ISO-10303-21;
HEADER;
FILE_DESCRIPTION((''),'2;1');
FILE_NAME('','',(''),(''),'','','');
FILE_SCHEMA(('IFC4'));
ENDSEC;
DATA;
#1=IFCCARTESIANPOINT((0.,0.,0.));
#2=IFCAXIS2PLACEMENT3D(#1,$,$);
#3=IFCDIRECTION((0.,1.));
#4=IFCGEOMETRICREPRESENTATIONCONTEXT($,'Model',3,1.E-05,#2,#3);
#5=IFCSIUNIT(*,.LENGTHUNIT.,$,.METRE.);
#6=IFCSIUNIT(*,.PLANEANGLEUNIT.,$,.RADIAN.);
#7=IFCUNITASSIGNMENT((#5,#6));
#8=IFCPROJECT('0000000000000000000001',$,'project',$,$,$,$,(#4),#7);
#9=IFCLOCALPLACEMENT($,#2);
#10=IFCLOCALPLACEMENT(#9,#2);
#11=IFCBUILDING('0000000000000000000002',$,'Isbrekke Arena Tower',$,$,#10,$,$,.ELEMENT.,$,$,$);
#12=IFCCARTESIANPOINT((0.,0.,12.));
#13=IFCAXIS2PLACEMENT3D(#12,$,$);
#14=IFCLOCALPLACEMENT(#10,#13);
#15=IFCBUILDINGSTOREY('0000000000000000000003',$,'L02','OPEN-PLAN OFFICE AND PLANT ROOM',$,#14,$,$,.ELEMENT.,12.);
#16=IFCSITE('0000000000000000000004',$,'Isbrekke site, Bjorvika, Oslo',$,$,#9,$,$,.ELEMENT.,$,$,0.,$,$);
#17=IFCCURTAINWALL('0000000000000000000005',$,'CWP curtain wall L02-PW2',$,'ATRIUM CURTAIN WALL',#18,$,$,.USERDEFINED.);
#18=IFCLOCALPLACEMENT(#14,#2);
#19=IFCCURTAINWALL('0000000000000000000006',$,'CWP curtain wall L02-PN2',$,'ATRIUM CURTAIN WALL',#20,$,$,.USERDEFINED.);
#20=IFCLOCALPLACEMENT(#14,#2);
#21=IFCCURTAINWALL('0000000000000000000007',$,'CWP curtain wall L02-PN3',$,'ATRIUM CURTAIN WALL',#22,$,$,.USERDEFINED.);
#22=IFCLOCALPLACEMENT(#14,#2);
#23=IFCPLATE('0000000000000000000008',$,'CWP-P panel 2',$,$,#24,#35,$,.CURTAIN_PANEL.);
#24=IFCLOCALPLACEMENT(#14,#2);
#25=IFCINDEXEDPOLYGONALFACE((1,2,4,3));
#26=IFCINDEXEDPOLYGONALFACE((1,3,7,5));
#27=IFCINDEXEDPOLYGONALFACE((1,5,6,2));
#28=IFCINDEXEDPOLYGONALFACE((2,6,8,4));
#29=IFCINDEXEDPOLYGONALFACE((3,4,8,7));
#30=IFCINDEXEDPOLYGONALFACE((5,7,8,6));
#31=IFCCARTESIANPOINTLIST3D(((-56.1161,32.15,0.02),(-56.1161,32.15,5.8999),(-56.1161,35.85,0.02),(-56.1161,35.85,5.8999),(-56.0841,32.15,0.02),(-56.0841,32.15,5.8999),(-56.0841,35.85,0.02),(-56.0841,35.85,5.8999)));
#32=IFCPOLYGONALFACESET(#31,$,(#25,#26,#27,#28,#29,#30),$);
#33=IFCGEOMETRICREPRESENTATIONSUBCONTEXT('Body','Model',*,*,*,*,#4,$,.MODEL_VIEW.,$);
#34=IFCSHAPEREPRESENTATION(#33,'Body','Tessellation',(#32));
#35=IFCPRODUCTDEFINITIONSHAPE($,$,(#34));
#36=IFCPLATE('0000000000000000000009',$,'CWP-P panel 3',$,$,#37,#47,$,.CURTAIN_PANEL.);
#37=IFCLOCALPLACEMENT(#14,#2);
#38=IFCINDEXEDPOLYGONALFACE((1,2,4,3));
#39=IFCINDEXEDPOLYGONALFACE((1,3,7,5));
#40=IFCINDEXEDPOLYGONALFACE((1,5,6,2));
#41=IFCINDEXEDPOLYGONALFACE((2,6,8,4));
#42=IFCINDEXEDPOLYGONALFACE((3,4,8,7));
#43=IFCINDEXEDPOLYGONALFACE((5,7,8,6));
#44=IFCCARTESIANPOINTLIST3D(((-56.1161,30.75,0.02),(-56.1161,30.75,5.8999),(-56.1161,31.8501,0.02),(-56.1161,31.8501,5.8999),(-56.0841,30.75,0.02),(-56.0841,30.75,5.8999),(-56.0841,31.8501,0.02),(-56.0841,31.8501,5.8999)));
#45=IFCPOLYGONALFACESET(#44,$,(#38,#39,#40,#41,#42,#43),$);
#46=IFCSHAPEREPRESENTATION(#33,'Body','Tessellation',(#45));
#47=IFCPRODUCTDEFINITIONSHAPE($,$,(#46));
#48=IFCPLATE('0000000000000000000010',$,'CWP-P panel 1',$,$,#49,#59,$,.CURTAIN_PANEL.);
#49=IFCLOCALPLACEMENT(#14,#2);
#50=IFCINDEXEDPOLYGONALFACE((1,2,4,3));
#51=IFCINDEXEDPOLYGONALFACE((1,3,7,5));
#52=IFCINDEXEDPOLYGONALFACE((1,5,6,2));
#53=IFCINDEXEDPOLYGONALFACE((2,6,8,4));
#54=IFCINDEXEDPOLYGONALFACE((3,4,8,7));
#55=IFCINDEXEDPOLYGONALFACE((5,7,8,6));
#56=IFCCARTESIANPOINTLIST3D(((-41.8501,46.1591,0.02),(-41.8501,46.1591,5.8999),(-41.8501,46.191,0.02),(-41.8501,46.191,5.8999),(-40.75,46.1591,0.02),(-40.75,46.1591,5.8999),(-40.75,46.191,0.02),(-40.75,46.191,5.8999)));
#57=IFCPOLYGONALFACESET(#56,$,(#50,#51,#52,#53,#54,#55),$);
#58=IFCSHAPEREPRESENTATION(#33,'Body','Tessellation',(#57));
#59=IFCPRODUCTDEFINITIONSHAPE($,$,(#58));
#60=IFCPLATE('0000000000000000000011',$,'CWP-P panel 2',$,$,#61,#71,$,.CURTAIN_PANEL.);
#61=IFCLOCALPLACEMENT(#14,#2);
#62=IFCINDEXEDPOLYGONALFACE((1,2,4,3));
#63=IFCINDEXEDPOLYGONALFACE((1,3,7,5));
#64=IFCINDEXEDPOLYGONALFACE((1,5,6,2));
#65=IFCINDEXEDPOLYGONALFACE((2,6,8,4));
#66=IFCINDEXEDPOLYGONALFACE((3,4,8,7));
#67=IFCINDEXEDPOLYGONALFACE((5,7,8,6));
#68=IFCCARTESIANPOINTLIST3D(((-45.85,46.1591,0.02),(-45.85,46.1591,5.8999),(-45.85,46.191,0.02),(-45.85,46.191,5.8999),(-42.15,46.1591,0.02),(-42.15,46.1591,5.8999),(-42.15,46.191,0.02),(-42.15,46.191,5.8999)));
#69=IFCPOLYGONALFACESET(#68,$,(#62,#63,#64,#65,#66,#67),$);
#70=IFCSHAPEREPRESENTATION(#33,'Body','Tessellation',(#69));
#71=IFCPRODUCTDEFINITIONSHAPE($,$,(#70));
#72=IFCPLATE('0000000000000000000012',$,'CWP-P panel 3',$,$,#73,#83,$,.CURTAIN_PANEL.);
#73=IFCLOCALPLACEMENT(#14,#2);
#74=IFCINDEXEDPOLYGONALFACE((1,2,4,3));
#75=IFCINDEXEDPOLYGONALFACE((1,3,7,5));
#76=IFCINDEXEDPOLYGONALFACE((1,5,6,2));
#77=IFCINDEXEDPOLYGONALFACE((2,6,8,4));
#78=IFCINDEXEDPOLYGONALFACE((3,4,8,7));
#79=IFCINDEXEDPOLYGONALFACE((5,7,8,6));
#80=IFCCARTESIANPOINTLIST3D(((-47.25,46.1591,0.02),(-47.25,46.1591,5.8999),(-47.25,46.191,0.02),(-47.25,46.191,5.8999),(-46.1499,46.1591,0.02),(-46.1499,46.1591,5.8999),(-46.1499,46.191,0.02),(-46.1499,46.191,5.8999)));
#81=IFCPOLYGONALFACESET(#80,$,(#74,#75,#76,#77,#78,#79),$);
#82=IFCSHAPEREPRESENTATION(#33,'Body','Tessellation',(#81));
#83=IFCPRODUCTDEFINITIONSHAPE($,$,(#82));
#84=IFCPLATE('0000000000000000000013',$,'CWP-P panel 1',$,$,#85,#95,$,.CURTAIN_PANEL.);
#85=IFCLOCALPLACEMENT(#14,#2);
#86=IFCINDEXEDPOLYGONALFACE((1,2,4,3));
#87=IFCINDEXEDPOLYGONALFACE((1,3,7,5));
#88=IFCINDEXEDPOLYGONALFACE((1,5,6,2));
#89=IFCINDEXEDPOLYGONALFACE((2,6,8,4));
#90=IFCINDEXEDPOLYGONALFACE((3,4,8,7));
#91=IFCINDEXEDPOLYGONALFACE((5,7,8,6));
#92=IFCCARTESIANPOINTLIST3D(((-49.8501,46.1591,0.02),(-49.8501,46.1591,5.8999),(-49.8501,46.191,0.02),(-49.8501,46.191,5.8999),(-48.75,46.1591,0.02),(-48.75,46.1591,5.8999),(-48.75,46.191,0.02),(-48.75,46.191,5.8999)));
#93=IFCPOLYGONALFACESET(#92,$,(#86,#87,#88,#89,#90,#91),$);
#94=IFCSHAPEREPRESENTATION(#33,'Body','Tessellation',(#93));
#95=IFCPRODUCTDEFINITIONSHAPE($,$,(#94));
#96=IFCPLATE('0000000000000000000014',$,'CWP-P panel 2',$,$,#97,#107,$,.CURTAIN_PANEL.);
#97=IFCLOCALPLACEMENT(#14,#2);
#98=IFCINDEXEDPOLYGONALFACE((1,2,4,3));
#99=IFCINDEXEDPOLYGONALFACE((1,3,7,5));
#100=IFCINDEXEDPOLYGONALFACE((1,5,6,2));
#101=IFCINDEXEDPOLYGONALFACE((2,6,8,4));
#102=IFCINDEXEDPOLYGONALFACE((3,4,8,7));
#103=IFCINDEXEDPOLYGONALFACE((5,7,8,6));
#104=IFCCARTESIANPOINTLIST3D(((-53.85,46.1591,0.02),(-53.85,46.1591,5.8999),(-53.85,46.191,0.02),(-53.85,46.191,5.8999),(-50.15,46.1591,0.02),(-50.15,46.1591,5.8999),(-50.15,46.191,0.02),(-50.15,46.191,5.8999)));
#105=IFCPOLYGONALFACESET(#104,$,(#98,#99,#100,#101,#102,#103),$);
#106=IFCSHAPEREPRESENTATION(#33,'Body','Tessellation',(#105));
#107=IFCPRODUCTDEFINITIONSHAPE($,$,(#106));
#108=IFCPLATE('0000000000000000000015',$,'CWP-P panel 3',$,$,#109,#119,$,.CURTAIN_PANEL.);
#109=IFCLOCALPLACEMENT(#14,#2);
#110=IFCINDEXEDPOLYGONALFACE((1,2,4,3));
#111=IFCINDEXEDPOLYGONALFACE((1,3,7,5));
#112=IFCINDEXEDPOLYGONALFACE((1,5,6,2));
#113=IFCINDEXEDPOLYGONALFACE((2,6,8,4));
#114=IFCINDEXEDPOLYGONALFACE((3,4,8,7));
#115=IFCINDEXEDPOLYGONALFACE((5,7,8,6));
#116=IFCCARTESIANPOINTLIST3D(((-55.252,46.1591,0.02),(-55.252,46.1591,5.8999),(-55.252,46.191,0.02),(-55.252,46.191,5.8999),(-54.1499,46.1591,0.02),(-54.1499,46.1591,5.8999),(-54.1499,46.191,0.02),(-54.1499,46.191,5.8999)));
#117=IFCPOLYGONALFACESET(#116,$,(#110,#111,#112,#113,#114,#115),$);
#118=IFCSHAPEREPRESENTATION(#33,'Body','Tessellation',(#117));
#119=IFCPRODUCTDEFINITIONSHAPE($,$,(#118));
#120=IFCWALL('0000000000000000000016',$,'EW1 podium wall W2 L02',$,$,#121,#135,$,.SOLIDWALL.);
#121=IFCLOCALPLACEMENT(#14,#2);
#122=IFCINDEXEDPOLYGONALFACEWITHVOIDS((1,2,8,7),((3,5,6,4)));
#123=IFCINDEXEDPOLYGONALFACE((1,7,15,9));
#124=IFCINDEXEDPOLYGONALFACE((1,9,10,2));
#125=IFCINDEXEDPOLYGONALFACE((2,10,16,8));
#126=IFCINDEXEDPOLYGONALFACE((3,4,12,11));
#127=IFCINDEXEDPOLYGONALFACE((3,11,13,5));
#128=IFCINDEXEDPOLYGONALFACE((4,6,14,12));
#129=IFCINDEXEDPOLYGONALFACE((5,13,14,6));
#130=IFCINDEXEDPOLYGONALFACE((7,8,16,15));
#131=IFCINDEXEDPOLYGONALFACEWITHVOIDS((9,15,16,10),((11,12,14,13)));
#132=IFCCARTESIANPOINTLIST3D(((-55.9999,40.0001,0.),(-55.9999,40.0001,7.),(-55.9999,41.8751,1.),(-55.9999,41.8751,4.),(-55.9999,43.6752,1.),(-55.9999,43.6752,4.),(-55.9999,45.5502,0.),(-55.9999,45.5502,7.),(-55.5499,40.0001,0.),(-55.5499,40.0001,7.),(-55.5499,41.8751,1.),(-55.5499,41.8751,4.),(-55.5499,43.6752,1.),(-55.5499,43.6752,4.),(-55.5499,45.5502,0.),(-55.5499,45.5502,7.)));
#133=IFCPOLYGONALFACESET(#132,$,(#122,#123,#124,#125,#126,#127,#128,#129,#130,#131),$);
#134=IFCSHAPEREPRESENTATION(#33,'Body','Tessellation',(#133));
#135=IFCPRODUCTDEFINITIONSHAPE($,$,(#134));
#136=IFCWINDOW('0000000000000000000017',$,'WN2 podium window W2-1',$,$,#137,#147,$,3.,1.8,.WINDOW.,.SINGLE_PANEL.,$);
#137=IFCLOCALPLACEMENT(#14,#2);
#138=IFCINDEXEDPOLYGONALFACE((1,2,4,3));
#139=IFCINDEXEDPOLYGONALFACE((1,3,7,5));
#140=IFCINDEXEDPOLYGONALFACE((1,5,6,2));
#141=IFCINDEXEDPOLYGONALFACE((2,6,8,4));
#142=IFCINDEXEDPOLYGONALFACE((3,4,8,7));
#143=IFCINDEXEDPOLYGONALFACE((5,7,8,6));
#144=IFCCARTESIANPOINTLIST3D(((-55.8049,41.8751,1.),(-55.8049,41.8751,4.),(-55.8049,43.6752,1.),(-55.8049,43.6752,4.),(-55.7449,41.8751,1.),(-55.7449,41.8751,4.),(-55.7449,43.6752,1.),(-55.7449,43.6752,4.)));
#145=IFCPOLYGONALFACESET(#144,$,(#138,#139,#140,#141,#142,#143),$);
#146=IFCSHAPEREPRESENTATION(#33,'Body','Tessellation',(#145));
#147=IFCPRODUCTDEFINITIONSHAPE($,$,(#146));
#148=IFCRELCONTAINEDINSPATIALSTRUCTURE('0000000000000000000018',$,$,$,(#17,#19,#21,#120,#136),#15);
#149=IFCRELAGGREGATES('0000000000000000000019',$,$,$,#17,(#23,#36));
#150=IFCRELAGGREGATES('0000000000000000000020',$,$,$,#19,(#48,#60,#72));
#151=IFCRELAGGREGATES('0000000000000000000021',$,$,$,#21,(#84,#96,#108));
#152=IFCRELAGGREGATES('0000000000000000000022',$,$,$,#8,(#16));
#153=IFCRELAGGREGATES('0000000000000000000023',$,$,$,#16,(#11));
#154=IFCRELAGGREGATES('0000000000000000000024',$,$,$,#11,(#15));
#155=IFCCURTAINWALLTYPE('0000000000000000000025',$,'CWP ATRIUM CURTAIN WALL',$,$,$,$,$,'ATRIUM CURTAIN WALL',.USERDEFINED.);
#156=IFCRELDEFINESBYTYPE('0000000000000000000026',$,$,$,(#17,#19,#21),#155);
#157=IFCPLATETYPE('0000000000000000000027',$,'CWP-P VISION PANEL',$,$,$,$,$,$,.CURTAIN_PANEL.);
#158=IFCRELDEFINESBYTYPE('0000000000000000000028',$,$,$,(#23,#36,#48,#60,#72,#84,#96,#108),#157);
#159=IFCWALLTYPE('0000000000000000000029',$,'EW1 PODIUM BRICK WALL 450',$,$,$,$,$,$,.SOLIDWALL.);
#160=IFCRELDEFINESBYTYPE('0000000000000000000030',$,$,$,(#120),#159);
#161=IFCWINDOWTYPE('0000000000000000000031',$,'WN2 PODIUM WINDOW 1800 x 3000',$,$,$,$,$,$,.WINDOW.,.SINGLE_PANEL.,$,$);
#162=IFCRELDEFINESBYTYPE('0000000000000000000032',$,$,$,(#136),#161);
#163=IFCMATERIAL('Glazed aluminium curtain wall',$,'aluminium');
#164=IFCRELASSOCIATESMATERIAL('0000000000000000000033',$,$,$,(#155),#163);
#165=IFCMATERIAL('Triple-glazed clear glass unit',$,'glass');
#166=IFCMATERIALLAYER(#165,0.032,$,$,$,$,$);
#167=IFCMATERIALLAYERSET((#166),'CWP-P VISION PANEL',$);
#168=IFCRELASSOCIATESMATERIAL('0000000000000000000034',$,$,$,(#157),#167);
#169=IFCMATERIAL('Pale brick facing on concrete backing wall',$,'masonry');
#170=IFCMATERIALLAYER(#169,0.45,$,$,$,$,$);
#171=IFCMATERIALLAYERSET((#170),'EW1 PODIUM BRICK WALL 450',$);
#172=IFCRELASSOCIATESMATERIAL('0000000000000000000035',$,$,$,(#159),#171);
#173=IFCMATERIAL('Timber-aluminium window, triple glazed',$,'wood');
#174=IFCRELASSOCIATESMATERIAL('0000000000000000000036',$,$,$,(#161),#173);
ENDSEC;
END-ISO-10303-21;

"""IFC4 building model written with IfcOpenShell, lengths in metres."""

from ifc_helpers import new_model, si_unit, direction, frame, frame_2d, origin, origin_2d, place, context, subcontext, project, spatial, rectangle, extrude, material, layer, layer_set, type_object, element, fill, aggregate, save


model = new_model("IFC4")

# Units and contexts
model_context = context("Model", 3, precision=1e-05, world=origin(), true_north=direction((0.0, 1.0)))
body_context = subcontext(model_context, "Body", "Model", "MODEL_VIEW")
ifc_project = project(units=[si_unit("LENGTHUNIT", "METRE"), si_unit("PLANEANGLEUNIT", "RADIAN")], contexts=[model_context])

# Site, building, storey
site_placement = place(None, origin())
site = spatial("IfcSite", under=ifc_project, at=site_placement, Name="Isbrekke site, Bjorvika, Oslo", CompositionType="ELEMENT", RefElevation=0.0)
building_placement = place(site_placement, origin())
building = spatial("IfcBuilding", under=site, at=building_placement, Name="Isbrekke Arena Tower", CompositionType="ELEMENT")
storey_placement = place(building_placement, frame((0.0, 0.0, 12.0)))
storey = spatial("IfcBuildingStorey", under=building, at=storey_placement, Name="L02", Description="OPEN-PLAN OFFICE AND PLANT ROOM", CompositionType="ELEMENT", Elevation=12.0)

# Curtain walls
ifc_material_1 = material(Name="Glazed aluminium curtain wall", Category="aluminium")
curtain_wall_type = type_object("IfcCurtainWallType", Name="CWP ATRIUM CURTAIN WALL", ElementType="ATRIUM CURTAIN WALL", PredefinedType="USERDEFINED", material=ifc_material_1)
curtain_wall_1_placement = place(storey_placement, origin())
curtain_wall_1 = element("IfcCurtainWall", 1, at=curtain_wall_1_placement, inside=storey, type_object=curtain_wall_type, Name="CWP curtain wall L02-PW2", ObjectType="ATRIUM CURTAIN WALL", PredefinedType="USERDEFINED")
curtain_wall_2_placement = place(storey_placement, origin())
curtain_wall_2 = element("IfcCurtainWall", 2, at=curtain_wall_2_placement, inside=storey, type_object=curtain_wall_type, Name="CWP curtain wall L02-PN2", ObjectType="ATRIUM CURTAIN WALL", PredefinedType="USERDEFINED")
curtain_wall_3_placement = place(storey_placement, origin())
curtain_wall_3 = element("IfcCurtainWall", 3, at=curtain_wall_3_placement, inside=storey, type_object=curtain_wall_type, Name="CWP curtain wall L02-PN3", ObjectType="ATRIUM CURTAIN WALL", PredefinedType="USERDEFINED")

# Plates
ifc_material_2 = material(Name="Triple-glazed clear glass unit", Category="glass")
ifc_layer_1 = layer(ifc_material_2, 0.032)
ifc_layer_set_1 = layer_set([ifc_layer_1], Name="CWP-P VISION PANEL")
plate_type = type_object("IfcPlateType", Name="CWP-P VISION PANEL", PredefinedType="CURTAIN_PANEL", material=ifc_layer_set_1)
plate_1_placement = place(storey_placement, frame((-56.1001, 34.0, 0.02), z_axis=(0.0, 0.0, 1.0), x_axis=(0.0, -1.0, 0.0)))
plate_1 = element("IfcPlate", 4, at=plate_1_placement, type_object=plate_type, Name="CWP-P panel 2", PredefinedType="CURTAIN_PANEL", context=body_context, shape_type="SweptSolid", body=[
    extrude(rectangle(XDim=3.7, YDim=0.032, at=origin_2d()), origin(), (0.0, 0.0, 1.0), 5.8799),
])
plate_2_placement = place(storey_placement, frame((-56.1001, 31.3, 0.02), z_axis=(0.0, 0.0, 1.0), x_axis=(0.0, -1.0, 0.0)))
plate_2 = element("IfcPlate", 5, at=plate_2_placement, type_object=plate_type, Name="CWP-P panel 3", PredefinedType="CURTAIN_PANEL", context=body_context, shape_type="SweptSolid", body=[
    extrude(rectangle(XDim=1.1001, YDim=0.032, at=origin_2d()), origin(), (0.0, 0.0, 1.0), 5.8799),
])
aggregate(curtain_wall_1, [plate_1, plate_2])
plate_3_placement = place(storey_placement, frame((-41.3, 46.175, 0.02), z_axis=(0.0, 0.0, 1.0), x_axis=(-1.0, 0.0, 0.0)))
plate_3 = element("IfcPlate", 6, at=plate_3_placement, type_object=plate_type, Name="CWP-P panel 1", PredefinedType="CURTAIN_PANEL", context=body_context, shape_type="SweptSolid", body=[
    extrude(rectangle(XDim=1.1001, YDim=0.032, at=origin_2d()), origin(), (0.0, 0.0, 1.0), 5.8799),
])
plate_4_placement = place(storey_placement, frame((-44.0, 46.175, 0.02), z_axis=(0.0, 0.0, 1.0), x_axis=(-1.0, 0.0, 0.0)))
plate_4 = element("IfcPlate", 7, at=plate_4_placement, type_object=plate_type, Name="CWP-P panel 2", PredefinedType="CURTAIN_PANEL", context=body_context, shape_type="SweptSolid", body=[
    extrude(rectangle(XDim=3.7, YDim=0.032, at=origin_2d()), origin(), (0.0, 0.0, 1.0), 5.8799),
])
plate_5_placement = place(storey_placement, frame((-46.7, 46.175, 0.02), z_axis=(0.0, 0.0, 1.0), x_axis=(-1.0, 0.0, 0.0)))
plate_5 = element("IfcPlate", 8, at=plate_5_placement, type_object=plate_type, Name="CWP-P panel 3", PredefinedType="CURTAIN_PANEL", context=body_context, shape_type="SweptSolid", body=[
    extrude(rectangle(XDim=1.1001, YDim=0.032, at=origin_2d()), origin(), (0.0, 0.0, 1.0), 5.8799),
])
aggregate(curtain_wall_2, [plate_3, plate_4, plate_5])
plate_6_placement = place(storey_placement, frame((-49.3, 46.175, 0.02), z_axis=(0.0, 0.0, 1.0), x_axis=(-1.0, 0.0, 0.0)))
plate_6 = element("IfcPlate", 9, at=plate_6_placement, type_object=plate_type, Name="CWP-P panel 1", PredefinedType="CURTAIN_PANEL", context=body_context, shape_type="SweptSolid", body=[
    extrude(rectangle(XDim=1.1001, YDim=0.032, at=origin_2d()), origin(), (0.0, 0.0, 1.0), 5.8799),
])
plate_7_placement = place(storey_placement, frame((-52.0, 46.175, 0.02), z_axis=(0.0, 0.0, 1.0), x_axis=(-1.0, 0.0, 0.0)))
plate_7 = element("IfcPlate", 10, at=plate_7_placement, type_object=plate_type, Name="CWP-P panel 2", PredefinedType="CURTAIN_PANEL", context=body_context, shape_type="SweptSolid", body=[
    extrude(rectangle(XDim=3.7, YDim=0.032, at=origin_2d()), origin(), (0.0, 0.0, 1.0), 5.8799),
])
plate_8_placement = place(storey_placement, frame((-54.7009, 46.175, 0.02), z_axis=(0.0, 0.0, 1.0), x_axis=(-1.0, 0.0, 0.0)))
plate_8 = element("IfcPlate", 11, at=plate_8_placement, type_object=plate_type, Name="CWP-P panel 3", PredefinedType="CURTAIN_PANEL", context=body_context, shape_type="SweptSolid", body=[
    extrude(rectangle(XDim=1.1021, YDim=0.032, at=origin_2d()), origin(), (0.0, 0.0, 1.0), 5.8799),
])
aggregate(curtain_wall_3, [plate_6, plate_7, plate_8])

# Wall, opening, window
ifc_material_3 = material(Name="Pale brick facing on concrete backing wall", Category="masonry")
ifc_layer_2 = layer(ifc_material_3, 0.45)
ifc_layer_set_2 = layer_set([ifc_layer_2], Name="EW1 PODIUM BRICK WALL 450")
wall_type = type_object("IfcWallType", Name="EW1 PODIUM BRICK WALL 450", PredefinedType="SOLIDWALL", material=ifc_layer_set_2)
wall_placement = place(storey_placement, frame((-55.7749, 45.55, 0.0), z_axis=(0.0, 0.0, 1.0), x_axis=(0.0, -1.0, 0.0)))
wall = element("IfcWall", 12, at=wall_placement, inside=storey, type_object=wall_type, Name="EW1 podium wall W2 L02", PredefinedType="SOLIDWALL", context=body_context, shape_type="SweptSolid", body=[
    extrude(rectangle(XDim=5.55, YDim=0.45, at=frame_2d((2.7749, 0.0))), origin(), (0.0, 0.0, 1.0), 7.0),
])
opening_placement = place(wall_placement, frame((1.875, 0.0, 1.0)))
opening = element("IfcOpeningElement", 13, at=opening_placement, cuts=wall, PredefinedType="OPENING", context=body_context, shape_type="SweptSolid", body=[
    extrude(rectangle(XDim=1.8, YDim=3.0, at=frame_2d((0.8999, 1.5))), frame((0.0, 0.2397, 0.0), z_axis=(0.0, -1.0, 0.0), x_axis=(1.0, 0.0, 0.0)), (0.0, 0.0, 1.0), 0.4797),
])
ifc_material_4 = material(Name="Timber-aluminium window, triple glazed", Category="wood")
window_type = type_object("IfcWindowType", Name="WN2 PODIUM WINDOW 1800 x 3000", PartitioningType="SINGLE_PANEL", PredefinedType="WINDOW", material=ifc_material_4)
window_placement = place(opening_placement, origin())
window = element("IfcWindow", 14, at=window_placement, inside=storey, type_object=window_type, Name="WN2 podium window W2-1", OverallHeight=3.0, OverallWidth=1.8, PartitioningType="SINGLE_PANEL", PredefinedType="WINDOW", context=body_context, shape_type="SweptSolid", body=[
    extrude(rectangle(XDim=1.8, YDim=3.0, at=frame_2d((0.8999, 1.5))), frame((0.0, 0.03, 0.0), z_axis=(0.0, -1.0, 0.0), x_axis=(1.0, 0.0, 0.0)), (0.0, 0.0, 1.0), 0.0601),
])
fill(opening, window)

save(model, "model.ifc")
